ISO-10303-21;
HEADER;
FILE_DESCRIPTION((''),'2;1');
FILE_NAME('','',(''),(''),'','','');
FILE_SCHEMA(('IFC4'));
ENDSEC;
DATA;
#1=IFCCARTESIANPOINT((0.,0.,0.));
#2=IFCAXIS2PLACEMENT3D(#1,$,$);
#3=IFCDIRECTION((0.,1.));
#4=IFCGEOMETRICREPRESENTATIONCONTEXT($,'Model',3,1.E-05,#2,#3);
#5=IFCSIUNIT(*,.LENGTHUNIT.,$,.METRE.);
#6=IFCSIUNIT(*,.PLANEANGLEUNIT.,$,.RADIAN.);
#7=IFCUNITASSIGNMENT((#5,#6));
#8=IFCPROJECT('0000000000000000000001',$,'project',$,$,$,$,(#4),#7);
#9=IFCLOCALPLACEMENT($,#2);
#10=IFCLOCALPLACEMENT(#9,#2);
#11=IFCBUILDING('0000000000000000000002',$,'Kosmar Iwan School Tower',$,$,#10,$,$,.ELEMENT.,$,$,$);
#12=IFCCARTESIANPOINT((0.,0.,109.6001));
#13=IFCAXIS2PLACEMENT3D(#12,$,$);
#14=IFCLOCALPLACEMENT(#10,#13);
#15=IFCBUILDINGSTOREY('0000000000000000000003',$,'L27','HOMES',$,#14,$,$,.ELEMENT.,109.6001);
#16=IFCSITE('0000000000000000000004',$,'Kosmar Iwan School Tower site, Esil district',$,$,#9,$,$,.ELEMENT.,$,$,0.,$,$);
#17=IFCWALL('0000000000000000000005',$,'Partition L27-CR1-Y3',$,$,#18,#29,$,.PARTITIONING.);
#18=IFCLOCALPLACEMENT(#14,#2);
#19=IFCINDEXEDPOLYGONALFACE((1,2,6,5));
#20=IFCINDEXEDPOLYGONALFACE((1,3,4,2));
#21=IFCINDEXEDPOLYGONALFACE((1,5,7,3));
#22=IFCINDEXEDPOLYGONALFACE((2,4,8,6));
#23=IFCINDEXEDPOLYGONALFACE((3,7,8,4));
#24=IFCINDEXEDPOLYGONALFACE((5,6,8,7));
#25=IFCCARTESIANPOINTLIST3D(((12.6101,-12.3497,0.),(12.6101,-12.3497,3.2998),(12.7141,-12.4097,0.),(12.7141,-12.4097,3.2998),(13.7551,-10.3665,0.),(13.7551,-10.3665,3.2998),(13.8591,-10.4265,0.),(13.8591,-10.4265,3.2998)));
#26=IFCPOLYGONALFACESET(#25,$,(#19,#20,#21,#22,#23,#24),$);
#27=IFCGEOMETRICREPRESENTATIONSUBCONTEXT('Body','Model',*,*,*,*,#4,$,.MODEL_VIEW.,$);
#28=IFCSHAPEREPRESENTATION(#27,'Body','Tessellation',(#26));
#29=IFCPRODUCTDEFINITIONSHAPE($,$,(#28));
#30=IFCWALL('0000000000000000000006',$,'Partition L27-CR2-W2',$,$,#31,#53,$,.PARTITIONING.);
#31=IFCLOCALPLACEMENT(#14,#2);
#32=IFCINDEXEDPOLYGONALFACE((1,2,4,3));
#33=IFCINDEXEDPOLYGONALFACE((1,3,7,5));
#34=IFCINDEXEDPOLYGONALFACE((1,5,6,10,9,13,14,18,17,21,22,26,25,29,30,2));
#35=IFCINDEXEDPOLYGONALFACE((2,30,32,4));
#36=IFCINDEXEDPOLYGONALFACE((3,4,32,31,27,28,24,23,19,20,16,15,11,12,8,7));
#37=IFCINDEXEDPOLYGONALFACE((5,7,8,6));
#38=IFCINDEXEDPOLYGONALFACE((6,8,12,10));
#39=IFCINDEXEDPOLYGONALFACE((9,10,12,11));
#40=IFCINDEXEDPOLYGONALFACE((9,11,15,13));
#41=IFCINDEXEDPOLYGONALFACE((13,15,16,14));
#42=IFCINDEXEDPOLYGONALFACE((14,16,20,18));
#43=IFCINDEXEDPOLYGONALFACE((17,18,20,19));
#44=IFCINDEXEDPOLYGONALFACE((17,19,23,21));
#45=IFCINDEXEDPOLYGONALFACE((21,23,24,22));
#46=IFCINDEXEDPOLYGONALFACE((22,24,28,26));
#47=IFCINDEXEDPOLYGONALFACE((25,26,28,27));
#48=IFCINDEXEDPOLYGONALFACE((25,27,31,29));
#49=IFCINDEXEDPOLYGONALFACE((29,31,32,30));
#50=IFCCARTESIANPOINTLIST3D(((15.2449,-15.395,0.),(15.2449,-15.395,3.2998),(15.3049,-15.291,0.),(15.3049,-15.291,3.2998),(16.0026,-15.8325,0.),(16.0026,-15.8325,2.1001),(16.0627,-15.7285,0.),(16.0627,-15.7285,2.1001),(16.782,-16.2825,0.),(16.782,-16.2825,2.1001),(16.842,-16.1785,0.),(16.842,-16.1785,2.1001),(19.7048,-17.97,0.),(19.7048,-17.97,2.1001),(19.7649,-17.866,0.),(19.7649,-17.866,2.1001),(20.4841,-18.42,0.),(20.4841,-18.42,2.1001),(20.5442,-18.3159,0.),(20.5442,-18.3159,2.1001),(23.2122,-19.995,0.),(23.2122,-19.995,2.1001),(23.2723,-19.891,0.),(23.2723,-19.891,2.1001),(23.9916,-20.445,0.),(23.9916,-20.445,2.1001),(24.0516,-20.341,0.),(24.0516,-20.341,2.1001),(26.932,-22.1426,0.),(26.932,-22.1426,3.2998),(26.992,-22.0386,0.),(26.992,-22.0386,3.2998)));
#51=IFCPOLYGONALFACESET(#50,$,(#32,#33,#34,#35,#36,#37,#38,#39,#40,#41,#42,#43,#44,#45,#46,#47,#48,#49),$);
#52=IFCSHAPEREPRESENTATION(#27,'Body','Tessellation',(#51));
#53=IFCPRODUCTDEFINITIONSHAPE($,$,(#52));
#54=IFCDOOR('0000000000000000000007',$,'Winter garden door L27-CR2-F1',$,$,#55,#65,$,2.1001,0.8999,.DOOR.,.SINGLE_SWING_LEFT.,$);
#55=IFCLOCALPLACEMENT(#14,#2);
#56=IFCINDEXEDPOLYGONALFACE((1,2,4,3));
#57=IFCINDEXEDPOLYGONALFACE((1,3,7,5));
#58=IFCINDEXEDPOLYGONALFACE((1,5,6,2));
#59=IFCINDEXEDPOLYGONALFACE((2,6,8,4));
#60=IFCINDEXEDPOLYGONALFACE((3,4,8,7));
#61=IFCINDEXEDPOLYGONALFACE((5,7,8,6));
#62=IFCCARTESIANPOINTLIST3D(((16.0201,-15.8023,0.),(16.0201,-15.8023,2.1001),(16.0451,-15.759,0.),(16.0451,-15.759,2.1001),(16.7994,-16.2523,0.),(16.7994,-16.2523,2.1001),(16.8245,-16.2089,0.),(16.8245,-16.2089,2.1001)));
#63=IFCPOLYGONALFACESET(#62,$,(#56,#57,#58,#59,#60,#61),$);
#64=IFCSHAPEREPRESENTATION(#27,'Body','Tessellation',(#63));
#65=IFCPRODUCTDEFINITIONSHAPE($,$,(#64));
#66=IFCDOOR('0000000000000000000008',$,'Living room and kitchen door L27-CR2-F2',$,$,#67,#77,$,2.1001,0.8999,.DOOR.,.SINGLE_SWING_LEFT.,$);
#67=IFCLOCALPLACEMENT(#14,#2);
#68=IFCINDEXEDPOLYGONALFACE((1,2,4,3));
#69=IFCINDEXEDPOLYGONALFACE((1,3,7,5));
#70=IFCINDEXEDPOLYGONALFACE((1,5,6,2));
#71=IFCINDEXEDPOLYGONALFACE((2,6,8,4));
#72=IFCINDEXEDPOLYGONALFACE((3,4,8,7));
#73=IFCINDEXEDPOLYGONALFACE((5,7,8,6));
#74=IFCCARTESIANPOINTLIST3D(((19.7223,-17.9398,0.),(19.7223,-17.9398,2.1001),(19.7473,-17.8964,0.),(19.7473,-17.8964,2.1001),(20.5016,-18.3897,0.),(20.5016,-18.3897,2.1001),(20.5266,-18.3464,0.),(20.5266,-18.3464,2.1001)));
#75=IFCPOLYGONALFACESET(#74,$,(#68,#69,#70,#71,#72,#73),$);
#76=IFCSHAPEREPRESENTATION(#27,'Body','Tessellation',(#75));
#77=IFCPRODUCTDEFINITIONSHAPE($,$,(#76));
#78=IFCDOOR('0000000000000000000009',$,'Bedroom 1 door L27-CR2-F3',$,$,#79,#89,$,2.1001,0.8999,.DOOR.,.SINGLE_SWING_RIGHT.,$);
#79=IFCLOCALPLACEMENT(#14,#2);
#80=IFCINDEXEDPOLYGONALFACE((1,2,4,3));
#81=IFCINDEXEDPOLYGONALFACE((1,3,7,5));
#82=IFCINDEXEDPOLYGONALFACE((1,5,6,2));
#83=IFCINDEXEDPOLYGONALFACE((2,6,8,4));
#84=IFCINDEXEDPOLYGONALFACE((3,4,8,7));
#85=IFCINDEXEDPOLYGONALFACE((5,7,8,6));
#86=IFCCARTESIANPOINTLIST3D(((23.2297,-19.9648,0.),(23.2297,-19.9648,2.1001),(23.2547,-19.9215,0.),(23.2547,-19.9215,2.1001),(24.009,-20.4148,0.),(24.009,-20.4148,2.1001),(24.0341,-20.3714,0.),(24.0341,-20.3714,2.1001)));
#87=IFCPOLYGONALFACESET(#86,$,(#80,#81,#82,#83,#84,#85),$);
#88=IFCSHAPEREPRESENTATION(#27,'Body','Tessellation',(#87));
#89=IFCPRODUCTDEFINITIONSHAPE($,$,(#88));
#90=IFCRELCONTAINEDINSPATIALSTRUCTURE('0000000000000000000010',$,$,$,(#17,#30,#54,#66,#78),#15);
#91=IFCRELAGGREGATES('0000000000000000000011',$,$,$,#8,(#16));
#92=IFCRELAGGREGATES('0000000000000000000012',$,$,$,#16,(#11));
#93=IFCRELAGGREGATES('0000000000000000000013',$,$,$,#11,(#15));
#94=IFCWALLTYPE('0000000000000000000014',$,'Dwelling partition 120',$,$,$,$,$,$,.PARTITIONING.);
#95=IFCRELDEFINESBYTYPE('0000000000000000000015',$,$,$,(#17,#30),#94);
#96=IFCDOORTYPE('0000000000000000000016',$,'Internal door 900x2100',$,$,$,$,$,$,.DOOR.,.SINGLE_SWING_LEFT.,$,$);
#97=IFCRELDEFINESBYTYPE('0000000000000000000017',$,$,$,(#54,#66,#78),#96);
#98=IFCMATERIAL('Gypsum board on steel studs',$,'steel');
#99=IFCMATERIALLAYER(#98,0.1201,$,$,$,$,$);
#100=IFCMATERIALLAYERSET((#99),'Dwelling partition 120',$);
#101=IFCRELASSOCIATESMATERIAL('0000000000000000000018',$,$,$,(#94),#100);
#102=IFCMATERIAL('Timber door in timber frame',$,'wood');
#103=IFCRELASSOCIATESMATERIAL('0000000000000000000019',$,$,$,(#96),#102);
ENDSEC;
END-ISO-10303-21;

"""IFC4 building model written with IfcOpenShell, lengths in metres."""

from ifc_helpers import new_model, si_unit, direction, frame, frame_2d, origin, place, context, subcontext, project, spatial, rectangle, extrude, material, layer, layer_set, type_object, element, fill, save


model = new_model("IFC4")

# Units and contexts
model_context = context("Model", 3, precision=1e-05, world=origin(), true_north=direction((0.0, 1.0)))
body_context = subcontext(model_context, "Body", "Model", "MODEL_VIEW")
ifc_project = project(units=[si_unit("LENGTHUNIT", "METRE"), si_unit("PLANEANGLEUNIT", "RADIAN")], contexts=[model_context])

# Site, building, storey
site_placement = place(None, origin())
site = spatial("IfcSite", under=ifc_project, at=site_placement, Name="Kosmar Iwan School Tower site, Esil district", CompositionType="ELEMENT", RefElevation=0.0)
building_placement = place(site_placement, origin())
building = spatial("IfcBuilding", under=site, at=building_placement, Name="Kosmar Iwan School Tower", CompositionType="ELEMENT")
storey_placement = place(building_placement, frame((0.0, 0.0, 109.6001)))
storey = spatial("IfcBuildingStorey", under=building, at=storey_placement, Name="L27", Description="HOMES", CompositionType="ELEMENT", Elevation=109.6001)

# Wall
ifc_material_1 = material(Name="Gypsum board on steel studs", Category="steel")
ifc_layer_1 = layer(ifc_material_1, 0.1201)
ifc_layer_set_1 = layer_set([ifc_layer_1], Name="Dwelling partition 120")
wall_type_1 = type_object("IfcWallType", Name="Dwelling partition 120", PredefinedType="PARTITIONING", material=ifc_layer_set_1)
for number, where, z_axis, x_axis, name in (
    (1, (13.8071, -10.3965, 0.0), (0.0, 0.0, 1.0), (-0.500015, -0.866017, 0.0), "Partition L27-CR1-Y3"),
):
    element("IfcWall", number, at=place(storey_placement, frame(where, z_axis=z_axis, x_axis=x_axis)), inside=storey, type_object=wall_type_1, Name=name, PredefinedType="PARTITIONING", context=body_context, shape_type="SweptSolid", body=[
        extrude(rectangle(XDim=2.29, YDim=0.1201, at=frame_2d((1.145, 0.0))), origin(), (0.0, 0.0, 1.0), 3.2998),
    ])

# Wall, openings, doors
wall_1_placement = place(storey_placement, frame((15.2749, -15.343, 0.0), z_axis=(0.0, 0.0, 1.0), x_axis=(0.866024, -0.500003, 0.0)))
wall_1 = element("IfcWall", 2, at=wall_1_placement, inside=storey, type_object=wall_type_1, Name="Partition L27-CR2-W2", PredefinedType="PARTITIONING", context=body_context, shape_type="SweptSolid", body=[
    extrude(rectangle(XDim=13.4951, YDim=0.1201, at=frame_2d((6.7476, 0.0))), origin(), (0.0, 0.0, 1.0), 3.2998),
])
opening_1_placement = place(wall_1_placement, frame((0.875, 0.0, 0.0)))
opening_1 = element("IfcOpeningElement", 3, at=opening_1_placement, cuts=wall_1, PredefinedType="OPENING", context=body_context, shape_type="SweptSolid", body=[
    extrude(rectangle(XDim=0.8999, YDim=2.1001, at=frame_2d((0.45, 1.05))), frame((0.0, 0.072, 0.0), z_axis=(0.0, -1.0, 0.0), x_axis=(1.0, 0.0, 0.0)), (0.0, 0.0, 1.0), 0.144),
])
opening_2_placement = place(wall_1_placement, frame((5.1499, 0.0, 0.0)))
opening_2 = element("IfcOpeningElement", 4, at=opening_2_placement, cuts=wall_1, PredefinedType="OPENING", context=body_context, shape_type="SweptSolid", body=[
    extrude(rectangle(XDim=0.8999, YDim=2.1001, at=frame_2d((0.45, 1.05))), frame((0.0, 0.072, 0.0), z_axis=(0.0, -1.0, 0.0), x_axis=(1.0, 0.0, 0.0)), (0.0, 0.0, 1.0), 0.144),
])
opening_3_placement = place(wall_1_placement, frame((9.2, 0.0, 0.0)))
opening_3 = element("IfcOpeningElement", 5, at=opening_3_placement, cuts=wall_1, PredefinedType="OPENING", context=body_context, shape_type="SweptSolid", body=[
    extrude(rectangle(XDim=0.8999, YDim=2.1001, at=frame_2d((0.45, 1.05))), frame((0.0, 0.072, 0.0), z_axis=(0.0, -1.0, 0.0), x_axis=(1.0, 0.0, 0.0)), (0.0, 0.0, 1.0), 0.144),
])
ifc_material_2 = material(Name="Timber door in timber frame", Category="wood")
door_type_1 = type_object("IfcDoorType", Name="Internal door 900x2100", OperationType="SINGLE_SWING_LEFT", PredefinedType="DOOR", material=ifc_material_2)
door_1_placement = place(opening_1_placement, origin())
door_1 = element("IfcDoor", 6, at=door_1_placement, inside=storey, type_object=door_type_1, Name="Winter garden door L27-CR2-F1", OperationType="SINGLE_SWING_LEFT", OverallHeight=2.1001, OverallWidth=0.8999, PredefinedType="DOOR", context=body_context, shape_type="SweptSolid", body=[
    extrude(rectangle(XDim=0.8999, YDim=2.1001, at=frame_2d((0.45, 1.05))), frame((0.0, 0.0249, 0.0), z_axis=(0.0, -1.0, 0.0), x_axis=(1.0, 0.0, 0.0)), (0.0, 0.0, 1.0), 0.05),
])
fill(opening_1, door_1)
door_2_placement = place(opening_2_placement, origin())
door_2 = element("IfcDoor", 7, at=door_2_placement, inside=storey, type_object=door_type_1, Name="Living room and kitchen door L27-CR2-F2", OperationType="SINGLE_SWING_LEFT", OverallHeight=2.1001, OverallWidth=0.8999, PredefinedType="DOOR", context=body_context, shape_type="SweptSolid", body=[
    extrude(rectangle(XDim=0.8999, YDim=2.1001, at=frame_2d((0.45, 1.05))), frame((0.0, 0.0249, 0.0), z_axis=(0.0, -1.0, 0.0), x_axis=(1.0, 0.0, 0.0)), (0.0, 0.0, 1.0), 0.05),
])
fill(opening_2, door_2)
door_3_placement = place(opening_3_placement, origin())
door_3 = element("IfcDoor", 8, at=door_3_placement, inside=storey, type_object=door_type_1, Name="Bedroom 1 door L27-CR2-F3", OperationType="SINGLE_SWING_RIGHT", OverallHeight=2.1001, OverallWidth=0.8999, PredefinedType="DOOR", context=body_context, shape_type="SweptSolid", body=[
    extrude(rectangle(XDim=0.8999, YDim=2.1001, at=frame_2d((0.45, 1.05))), frame((0.0, 0.0249, 0.0), z_axis=(0.0, -1.0, 0.0), x_axis=(1.0, 0.0, 0.0)), (0.0, 0.0, 1.0), 0.05),
])
fill(opening_3, door_3)

save(model, "model.ifc")
